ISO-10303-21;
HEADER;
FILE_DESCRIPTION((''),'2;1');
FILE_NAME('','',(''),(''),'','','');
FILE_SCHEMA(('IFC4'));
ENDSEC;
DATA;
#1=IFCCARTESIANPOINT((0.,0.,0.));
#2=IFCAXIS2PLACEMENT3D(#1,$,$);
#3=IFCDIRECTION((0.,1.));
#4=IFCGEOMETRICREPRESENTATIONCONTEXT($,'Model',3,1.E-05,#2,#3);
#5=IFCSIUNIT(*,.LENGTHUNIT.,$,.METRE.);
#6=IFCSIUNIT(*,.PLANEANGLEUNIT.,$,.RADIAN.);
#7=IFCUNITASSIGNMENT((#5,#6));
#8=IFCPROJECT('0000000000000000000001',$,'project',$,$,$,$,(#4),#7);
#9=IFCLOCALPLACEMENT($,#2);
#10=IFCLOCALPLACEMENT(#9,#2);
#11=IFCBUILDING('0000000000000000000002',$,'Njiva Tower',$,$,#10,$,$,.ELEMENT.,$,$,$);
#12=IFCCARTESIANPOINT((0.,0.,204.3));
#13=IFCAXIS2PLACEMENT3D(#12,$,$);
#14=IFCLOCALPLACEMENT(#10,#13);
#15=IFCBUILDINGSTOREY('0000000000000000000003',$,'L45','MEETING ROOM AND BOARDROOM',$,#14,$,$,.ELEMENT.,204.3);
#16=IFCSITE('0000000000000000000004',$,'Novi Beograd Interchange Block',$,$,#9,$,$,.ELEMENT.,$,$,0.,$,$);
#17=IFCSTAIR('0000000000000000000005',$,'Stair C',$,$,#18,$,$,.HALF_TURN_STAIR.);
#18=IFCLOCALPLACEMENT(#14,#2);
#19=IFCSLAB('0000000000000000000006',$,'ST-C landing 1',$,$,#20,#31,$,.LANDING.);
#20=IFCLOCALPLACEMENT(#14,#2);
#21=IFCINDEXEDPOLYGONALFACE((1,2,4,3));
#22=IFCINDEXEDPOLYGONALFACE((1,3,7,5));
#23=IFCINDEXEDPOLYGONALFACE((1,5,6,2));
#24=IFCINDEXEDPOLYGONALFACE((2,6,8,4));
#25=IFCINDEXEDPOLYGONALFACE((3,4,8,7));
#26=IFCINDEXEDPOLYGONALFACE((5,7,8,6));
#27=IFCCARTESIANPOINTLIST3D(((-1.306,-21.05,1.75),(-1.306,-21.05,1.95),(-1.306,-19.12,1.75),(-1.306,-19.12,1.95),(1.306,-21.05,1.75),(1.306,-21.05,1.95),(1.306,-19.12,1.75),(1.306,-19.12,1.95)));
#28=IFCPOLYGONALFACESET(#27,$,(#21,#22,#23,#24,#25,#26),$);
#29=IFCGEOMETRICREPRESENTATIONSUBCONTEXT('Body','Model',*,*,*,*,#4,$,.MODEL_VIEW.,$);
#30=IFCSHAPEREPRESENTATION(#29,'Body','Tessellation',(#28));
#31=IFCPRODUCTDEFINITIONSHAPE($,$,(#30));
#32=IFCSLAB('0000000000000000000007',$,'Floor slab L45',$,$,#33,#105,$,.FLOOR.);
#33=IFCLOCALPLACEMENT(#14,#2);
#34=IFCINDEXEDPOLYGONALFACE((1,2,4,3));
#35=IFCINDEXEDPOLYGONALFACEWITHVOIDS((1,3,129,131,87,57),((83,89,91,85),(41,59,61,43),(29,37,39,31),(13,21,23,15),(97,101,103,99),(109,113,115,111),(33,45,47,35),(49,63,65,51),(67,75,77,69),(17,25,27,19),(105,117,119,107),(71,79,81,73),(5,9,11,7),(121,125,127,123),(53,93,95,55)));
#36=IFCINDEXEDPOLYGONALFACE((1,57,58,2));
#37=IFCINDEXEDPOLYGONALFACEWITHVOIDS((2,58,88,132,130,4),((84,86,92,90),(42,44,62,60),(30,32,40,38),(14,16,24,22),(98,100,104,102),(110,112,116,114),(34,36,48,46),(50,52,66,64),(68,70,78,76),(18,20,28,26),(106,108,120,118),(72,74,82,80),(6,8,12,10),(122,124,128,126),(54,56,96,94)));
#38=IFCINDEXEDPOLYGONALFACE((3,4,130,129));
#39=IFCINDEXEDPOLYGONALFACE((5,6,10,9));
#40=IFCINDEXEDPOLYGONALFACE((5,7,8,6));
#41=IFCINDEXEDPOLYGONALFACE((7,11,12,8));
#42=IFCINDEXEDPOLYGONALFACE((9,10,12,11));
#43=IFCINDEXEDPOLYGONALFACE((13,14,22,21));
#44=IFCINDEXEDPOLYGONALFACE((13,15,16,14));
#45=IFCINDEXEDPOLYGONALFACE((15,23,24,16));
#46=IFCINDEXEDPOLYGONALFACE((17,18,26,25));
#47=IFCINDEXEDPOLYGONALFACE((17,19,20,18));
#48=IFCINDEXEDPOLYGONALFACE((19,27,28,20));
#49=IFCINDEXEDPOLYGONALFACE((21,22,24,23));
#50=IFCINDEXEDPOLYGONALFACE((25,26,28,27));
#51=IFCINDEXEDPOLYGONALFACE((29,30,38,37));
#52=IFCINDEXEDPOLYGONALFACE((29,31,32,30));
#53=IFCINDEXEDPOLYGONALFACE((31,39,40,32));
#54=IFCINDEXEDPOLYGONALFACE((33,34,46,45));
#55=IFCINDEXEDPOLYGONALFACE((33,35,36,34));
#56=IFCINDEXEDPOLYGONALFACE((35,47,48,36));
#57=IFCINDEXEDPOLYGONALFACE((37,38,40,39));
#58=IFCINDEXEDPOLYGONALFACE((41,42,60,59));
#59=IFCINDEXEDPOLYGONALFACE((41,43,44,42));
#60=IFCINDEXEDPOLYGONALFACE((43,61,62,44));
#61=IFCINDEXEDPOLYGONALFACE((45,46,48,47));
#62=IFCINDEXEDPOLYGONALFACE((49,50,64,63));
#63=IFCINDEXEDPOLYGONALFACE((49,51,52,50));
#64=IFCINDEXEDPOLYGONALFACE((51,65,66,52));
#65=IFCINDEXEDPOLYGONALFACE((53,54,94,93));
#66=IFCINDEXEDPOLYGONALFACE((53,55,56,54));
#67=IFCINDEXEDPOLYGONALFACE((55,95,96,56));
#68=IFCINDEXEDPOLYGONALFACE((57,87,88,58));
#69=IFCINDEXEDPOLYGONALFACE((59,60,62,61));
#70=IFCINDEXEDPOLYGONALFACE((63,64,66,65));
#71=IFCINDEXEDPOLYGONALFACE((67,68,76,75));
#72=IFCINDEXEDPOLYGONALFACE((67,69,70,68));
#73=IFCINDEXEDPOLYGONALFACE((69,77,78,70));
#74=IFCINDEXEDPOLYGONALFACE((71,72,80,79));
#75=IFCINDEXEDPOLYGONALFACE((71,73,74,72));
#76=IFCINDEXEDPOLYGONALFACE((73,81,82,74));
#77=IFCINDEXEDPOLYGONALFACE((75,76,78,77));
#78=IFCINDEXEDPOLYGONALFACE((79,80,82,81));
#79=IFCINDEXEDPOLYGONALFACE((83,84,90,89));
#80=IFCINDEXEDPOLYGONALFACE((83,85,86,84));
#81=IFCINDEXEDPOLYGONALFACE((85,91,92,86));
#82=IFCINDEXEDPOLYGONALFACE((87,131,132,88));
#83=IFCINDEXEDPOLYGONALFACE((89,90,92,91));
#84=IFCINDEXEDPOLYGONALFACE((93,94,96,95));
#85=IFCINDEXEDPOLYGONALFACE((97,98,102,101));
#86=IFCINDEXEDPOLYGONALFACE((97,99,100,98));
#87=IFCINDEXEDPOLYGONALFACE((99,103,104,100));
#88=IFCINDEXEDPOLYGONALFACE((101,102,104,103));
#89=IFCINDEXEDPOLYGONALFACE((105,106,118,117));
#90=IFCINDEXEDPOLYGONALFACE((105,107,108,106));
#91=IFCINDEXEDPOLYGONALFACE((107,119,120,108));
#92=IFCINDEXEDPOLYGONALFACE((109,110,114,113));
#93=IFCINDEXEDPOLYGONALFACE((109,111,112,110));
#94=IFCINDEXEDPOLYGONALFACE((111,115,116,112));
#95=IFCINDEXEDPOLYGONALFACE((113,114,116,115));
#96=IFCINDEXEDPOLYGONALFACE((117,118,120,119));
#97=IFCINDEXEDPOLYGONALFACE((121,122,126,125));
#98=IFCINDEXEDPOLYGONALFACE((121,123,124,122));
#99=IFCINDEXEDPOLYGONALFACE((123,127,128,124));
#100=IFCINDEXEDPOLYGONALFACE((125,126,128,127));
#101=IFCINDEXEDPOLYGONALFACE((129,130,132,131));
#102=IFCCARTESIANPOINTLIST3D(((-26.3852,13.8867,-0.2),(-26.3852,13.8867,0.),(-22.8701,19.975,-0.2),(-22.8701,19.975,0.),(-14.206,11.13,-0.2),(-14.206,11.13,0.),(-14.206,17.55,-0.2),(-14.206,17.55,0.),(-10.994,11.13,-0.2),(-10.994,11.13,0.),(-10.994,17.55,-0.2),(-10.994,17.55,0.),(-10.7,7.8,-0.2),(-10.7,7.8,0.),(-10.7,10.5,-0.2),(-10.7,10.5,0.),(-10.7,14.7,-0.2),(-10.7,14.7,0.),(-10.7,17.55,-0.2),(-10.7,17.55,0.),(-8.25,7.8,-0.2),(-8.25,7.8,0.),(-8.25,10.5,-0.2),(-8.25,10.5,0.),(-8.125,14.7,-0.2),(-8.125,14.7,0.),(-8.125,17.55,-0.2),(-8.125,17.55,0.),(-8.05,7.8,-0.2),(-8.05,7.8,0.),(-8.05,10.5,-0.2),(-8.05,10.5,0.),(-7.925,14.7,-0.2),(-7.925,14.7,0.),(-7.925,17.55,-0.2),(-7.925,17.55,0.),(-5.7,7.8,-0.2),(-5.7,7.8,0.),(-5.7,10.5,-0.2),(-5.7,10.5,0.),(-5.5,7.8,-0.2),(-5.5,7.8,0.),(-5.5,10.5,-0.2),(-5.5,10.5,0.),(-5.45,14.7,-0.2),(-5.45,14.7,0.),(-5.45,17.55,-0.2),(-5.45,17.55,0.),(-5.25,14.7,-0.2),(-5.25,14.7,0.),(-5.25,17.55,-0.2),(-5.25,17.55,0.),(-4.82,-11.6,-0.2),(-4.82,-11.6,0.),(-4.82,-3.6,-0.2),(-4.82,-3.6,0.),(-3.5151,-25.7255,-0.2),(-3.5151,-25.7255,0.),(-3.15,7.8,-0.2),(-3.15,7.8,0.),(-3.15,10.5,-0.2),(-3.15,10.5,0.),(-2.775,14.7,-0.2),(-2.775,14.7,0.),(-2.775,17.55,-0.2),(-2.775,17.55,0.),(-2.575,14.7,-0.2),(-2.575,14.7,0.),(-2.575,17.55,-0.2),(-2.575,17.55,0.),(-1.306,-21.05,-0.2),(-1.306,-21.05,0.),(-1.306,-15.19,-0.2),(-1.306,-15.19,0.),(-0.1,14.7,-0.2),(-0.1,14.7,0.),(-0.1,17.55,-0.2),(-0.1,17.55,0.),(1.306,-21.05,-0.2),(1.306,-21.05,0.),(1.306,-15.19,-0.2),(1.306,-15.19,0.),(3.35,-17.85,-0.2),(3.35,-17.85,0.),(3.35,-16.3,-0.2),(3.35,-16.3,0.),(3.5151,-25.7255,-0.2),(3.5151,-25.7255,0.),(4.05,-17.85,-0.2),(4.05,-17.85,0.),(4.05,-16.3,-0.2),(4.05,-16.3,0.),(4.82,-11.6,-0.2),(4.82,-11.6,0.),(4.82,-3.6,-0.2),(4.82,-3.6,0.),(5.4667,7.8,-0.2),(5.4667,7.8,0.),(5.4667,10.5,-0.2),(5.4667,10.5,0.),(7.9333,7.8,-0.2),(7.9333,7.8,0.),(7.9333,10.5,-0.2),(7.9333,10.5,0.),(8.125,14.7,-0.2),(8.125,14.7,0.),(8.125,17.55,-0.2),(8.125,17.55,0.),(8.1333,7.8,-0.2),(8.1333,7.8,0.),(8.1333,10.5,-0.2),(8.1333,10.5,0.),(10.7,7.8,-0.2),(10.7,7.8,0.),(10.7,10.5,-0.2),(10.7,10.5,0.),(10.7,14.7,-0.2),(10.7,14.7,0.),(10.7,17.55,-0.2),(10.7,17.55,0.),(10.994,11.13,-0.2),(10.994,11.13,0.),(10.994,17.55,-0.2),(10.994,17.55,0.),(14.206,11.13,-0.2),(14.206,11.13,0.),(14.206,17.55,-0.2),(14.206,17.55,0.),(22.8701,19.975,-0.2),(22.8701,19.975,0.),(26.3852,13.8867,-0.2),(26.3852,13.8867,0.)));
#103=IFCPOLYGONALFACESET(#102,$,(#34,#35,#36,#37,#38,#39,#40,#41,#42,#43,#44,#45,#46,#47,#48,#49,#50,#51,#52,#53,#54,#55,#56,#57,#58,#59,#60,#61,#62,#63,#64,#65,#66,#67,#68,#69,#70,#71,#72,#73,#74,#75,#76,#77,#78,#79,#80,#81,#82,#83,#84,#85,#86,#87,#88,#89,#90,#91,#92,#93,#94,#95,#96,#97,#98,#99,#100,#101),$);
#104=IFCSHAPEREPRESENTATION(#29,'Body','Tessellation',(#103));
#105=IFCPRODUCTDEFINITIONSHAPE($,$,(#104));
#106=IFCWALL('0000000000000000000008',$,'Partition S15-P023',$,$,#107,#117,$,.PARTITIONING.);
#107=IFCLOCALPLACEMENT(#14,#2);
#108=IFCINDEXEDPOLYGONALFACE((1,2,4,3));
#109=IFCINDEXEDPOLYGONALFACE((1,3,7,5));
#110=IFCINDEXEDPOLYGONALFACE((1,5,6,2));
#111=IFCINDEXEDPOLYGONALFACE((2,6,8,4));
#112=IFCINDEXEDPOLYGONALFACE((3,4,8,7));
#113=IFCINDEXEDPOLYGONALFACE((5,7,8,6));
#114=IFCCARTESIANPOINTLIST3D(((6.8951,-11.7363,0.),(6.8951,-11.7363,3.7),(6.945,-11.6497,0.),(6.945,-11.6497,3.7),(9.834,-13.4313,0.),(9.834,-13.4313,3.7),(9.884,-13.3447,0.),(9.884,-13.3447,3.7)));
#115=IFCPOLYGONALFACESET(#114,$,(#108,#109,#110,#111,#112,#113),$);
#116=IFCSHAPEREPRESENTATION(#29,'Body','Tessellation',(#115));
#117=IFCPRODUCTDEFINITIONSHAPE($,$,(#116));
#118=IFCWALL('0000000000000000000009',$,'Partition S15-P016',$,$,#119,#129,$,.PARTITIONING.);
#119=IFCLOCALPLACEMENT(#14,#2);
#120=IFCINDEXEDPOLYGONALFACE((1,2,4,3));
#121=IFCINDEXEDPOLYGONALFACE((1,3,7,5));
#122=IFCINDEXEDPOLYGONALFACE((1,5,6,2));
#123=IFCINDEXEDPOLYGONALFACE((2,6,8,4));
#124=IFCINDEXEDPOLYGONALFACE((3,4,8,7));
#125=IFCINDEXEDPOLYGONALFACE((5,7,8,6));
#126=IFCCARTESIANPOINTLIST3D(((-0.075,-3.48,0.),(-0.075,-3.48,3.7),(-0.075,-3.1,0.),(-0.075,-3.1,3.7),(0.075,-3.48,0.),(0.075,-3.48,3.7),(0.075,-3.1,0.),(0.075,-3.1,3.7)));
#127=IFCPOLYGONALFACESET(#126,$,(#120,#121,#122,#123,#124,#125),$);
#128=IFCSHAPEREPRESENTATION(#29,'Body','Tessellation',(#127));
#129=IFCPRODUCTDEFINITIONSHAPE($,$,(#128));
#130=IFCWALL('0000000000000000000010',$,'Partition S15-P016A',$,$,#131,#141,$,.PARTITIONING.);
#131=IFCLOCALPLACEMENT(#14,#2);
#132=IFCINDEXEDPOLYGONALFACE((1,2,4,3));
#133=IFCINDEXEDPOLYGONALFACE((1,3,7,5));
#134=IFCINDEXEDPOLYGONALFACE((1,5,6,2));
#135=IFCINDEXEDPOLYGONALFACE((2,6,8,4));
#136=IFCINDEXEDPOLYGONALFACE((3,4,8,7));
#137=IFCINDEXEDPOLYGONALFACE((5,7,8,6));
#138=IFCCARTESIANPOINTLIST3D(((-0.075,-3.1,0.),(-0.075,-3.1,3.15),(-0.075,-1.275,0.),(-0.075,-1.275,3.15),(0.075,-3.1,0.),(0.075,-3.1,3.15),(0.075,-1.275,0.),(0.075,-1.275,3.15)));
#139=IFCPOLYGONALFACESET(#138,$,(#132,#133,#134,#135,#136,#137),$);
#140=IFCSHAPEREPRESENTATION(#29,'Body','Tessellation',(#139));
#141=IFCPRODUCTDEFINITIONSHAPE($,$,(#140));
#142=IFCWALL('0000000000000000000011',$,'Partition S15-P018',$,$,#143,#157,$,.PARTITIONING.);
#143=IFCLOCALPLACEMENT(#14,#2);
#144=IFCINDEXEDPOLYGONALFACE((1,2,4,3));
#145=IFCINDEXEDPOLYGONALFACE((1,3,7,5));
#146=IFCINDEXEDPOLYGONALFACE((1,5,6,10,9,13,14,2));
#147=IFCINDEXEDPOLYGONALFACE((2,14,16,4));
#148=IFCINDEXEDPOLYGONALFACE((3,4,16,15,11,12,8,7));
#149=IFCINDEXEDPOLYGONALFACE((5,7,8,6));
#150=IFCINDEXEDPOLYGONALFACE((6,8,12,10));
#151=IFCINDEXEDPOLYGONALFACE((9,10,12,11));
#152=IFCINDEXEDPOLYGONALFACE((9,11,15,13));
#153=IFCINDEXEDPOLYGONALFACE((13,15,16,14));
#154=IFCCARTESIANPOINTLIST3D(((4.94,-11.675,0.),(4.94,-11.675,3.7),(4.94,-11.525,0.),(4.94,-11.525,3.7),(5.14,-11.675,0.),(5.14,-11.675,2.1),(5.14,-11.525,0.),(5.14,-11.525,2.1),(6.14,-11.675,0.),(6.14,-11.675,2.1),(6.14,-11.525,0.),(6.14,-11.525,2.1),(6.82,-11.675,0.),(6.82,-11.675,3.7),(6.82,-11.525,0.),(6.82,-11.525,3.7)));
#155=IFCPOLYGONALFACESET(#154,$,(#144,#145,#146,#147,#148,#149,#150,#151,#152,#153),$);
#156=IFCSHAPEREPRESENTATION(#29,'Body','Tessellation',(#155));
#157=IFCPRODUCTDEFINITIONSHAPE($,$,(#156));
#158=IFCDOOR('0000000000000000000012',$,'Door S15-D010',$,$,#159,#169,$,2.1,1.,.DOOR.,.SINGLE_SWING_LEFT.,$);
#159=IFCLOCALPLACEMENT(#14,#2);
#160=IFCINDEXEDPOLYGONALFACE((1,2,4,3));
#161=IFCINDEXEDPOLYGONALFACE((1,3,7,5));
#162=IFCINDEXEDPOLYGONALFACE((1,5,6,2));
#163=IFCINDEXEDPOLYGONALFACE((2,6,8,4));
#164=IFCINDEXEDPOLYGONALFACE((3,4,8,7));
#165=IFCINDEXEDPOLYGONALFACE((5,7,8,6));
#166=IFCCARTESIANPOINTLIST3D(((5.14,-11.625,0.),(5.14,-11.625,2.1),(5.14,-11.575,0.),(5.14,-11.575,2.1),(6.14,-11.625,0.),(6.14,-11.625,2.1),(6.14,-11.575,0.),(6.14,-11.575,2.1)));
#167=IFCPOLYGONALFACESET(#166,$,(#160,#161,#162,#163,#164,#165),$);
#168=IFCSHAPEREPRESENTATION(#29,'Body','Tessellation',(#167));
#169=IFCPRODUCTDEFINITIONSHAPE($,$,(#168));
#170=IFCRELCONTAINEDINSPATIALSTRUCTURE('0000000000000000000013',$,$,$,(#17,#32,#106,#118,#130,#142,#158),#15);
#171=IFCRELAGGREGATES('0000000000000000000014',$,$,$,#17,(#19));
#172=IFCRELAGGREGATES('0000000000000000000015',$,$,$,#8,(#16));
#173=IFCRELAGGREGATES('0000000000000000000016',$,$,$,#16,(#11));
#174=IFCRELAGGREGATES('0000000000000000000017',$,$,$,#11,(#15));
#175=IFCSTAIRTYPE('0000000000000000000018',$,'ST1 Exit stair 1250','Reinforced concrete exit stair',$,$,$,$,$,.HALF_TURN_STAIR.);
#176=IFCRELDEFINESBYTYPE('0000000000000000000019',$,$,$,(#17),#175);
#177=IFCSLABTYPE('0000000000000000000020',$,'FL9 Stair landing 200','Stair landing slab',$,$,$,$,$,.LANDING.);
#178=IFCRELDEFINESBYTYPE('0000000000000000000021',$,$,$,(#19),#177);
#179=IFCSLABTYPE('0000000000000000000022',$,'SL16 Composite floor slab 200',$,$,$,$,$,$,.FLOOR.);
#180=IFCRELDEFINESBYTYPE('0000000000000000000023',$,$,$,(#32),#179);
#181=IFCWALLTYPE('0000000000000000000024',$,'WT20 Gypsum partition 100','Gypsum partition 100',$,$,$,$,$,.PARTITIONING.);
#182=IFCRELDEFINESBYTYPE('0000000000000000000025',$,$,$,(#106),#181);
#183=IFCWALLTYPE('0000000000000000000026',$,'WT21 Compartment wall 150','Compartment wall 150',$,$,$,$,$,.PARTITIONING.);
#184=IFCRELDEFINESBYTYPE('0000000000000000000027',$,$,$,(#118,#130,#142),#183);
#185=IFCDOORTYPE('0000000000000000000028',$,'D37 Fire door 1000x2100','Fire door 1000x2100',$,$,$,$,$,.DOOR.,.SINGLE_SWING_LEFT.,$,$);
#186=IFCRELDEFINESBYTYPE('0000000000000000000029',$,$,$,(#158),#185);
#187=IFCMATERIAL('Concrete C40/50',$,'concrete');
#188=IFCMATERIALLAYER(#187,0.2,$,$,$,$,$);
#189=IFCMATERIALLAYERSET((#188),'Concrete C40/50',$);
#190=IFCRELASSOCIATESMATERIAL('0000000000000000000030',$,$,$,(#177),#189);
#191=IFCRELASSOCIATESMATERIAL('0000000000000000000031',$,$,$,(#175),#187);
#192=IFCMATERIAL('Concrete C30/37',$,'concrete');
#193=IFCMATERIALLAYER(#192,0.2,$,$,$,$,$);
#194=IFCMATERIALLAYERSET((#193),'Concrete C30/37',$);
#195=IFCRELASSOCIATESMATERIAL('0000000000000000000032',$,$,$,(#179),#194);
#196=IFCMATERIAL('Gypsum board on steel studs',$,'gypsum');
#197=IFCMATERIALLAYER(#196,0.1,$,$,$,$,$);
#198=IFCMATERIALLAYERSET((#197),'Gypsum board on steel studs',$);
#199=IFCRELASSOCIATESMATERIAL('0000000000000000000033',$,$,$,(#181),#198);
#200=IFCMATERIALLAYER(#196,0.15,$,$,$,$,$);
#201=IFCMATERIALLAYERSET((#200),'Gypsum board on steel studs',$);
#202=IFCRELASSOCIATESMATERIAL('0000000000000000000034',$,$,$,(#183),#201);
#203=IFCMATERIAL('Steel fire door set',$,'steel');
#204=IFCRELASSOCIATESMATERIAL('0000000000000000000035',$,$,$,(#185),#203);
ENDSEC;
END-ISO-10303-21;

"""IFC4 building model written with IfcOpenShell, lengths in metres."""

from ifc_helpers import new_model, si_unit, direction, frame, frame_2d, origin, place, context, subcontext, project, spatial, polyline, rectangle, outline, extrude, material, layer, layer_set, type_object, element, fill, aggregate, save


model = new_model("IFC4")

# Units and contexts
model_context = context("Model", 3, precision=1e-05, world=origin(), true_north=direction((0.0, 1.0)))
body_context = subcontext(model_context, "Body", "Model", "MODEL_VIEW")
ifc_project = project(units=[si_unit("LENGTHUNIT", "METRE"), si_unit("PLANEANGLEUNIT", "RADIAN")], contexts=[model_context])

# Site, building, storey
site_placement = place(None, origin())
site = spatial("IfcSite", under=ifc_project, at=site_placement, Name="Novi Beograd Interchange Block", CompositionType="ELEMENT", RefElevation=0.0)
building_placement = place(site_placement, origin())
building = spatial("IfcBuilding", under=site, at=building_placement, Name="Njiva Tower", CompositionType="ELEMENT")
storey_placement = place(building_placement, frame((0.0, 0.0, 204.3)))
storey = spatial("IfcBuildingStorey", under=building, at=storey_placement, Name="L45", Description="MEETING ROOM AND BOARDROOM", CompositionType="ELEMENT", Elevation=204.3)

# Stair, slab
ifc_material_1 = material(Name="Concrete C40/50", Category="concrete")
ifc_layer_1 = layer(ifc_material_1, 0.2)
ifc_layer_set_1 = layer_set([ifc_layer_1], Name="Concrete C40/50")
slab_type_1 = type_object("IfcSlabType", Name="FL9 Stair landing 200", Description="Stair landing slab", PredefinedType="LANDING", material=ifc_layer_set_1)
stair_type_1 = type_object("IfcStairType", Name="ST1 Exit stair 1250", Description="Reinforced concrete exit stair", PredefinedType="HALF_TURN_STAIR", material=ifc_material_1)
stair_1_placement = place(storey_placement, origin())
stair_1 = element("IfcStair", 1, at=stair_1_placement, inside=storey, type_object=stair_type_1, Name="Stair C", PredefinedType="HALF_TURN_STAIR")
slab_1_placement = place(storey_placement, frame((0.0, 0.0, 1.75)))
slab_1 = element("IfcSlab", 2, at=slab_1_placement, type_object=slab_type_1, Name="ST-C landing 1", PredefinedType="LANDING", context=body_context, shape_type="SweptSolid", body=[
    extrude(outline(polyline([(-1.306, -21.05), (1.306, -21.05), (1.306, -19.12), (-1.306, -19.12), (-1.306, -21.05)])), origin(), (0.0, 0.0, 1.0), 0.2),
])
aggregate(stair_1, [slab_1])

# Slab
ifc_material_2 = material(Name="Concrete C30/37", Category="concrete")
ifc_layer_2 = layer(ifc_material_2, 0.2)
ifc_layer_set_2 = layer_set([ifc_layer_2], Name="Concrete C30/37")
slab_type_2 = type_object("IfcSlabType", Name="SL16 Composite floor slab 200", PredefinedType="FLOOR", material=ifc_layer_set_2)
slab_2_placement = place(storey_placement, frame((0.0, 0.0, -0.2)))
element("IfcSlab", 3, at=slab_2_placement, inside=storey, type_object=slab_type_2, Name="Floor slab L45", PredefinedType="FLOOR", context=body_context, shape_type="SweptSolid", body=[
    extrude(outline(polyline([(26.3852, 13.8867), (3.5151, -25.7255), (-3.5151, -25.7255), (-26.3852, 13.8867), (-22.8701, 19.975), (22.8701, 19.975), (26.3852, 13.8867)]), holes=[polyline([(10.994, 11.13), (14.206, 11.13), (14.206, 17.55), (10.994, 17.55), (10.994, 11.13)]), polyline([(8.125, 14.7), (10.7, 14.7), (10.7, 17.55), (8.125, 17.55), (8.125, 14.7)]), polyline([(8.1333, 7.8), (10.7, 7.8), (10.7, 10.5), (8.1333, 10.5), (8.1333, 7.8)]), polyline([(5.4667, 7.8), (7.9333, 7.8), (7.9333, 10.5), (5.4667, 10.5), (5.4667, 7.8)]), polyline([(4.82, -11.6), (4.82, -3.6), (-4.82, -3.6), (-4.82, -11.6), (4.82, -11.6)]), polyline([(3.35, -17.85), (4.05, -17.85), (4.05, -16.3), (3.35, -16.3), (3.35, -17.85)]), polyline([(-1.306, -21.05), (1.306, -21.05), (1.306, -15.19), (-1.306, -15.19), (-1.306, -21.05)]), polyline([(-2.575, 14.7), (-0.1, 14.7), (-0.1, 17.55), (-2.575, 17.55), (-2.575, 14.7)]), polyline([(-5.25, 14.7), (-2.775, 14.7), (-2.775, 17.55), (-5.25, 17.55), (-5.25, 14.7)]), polyline([(-5.5, 7.8), (-3.15, 7.8), (-3.15, 10.5), (-5.5, 10.5), (-5.5, 7.8)]), polyline([(-7.925, 14.7), (-5.45, 14.7), (-5.45, 17.55), (-7.925, 17.55), (-7.925, 14.7)]), polyline([(-8.05, 7.8), (-5.7, 7.8), (-5.7, 10.5), (-8.05, 10.5), (-8.05, 7.8)]), polyline([(-10.7, 14.7), (-8.125, 14.7), (-8.125, 17.55), (-10.7, 17.55), (-10.7, 14.7)]), polyline([(-8.25, 7.8), (-8.25, 10.5), (-10.7, 10.5), (-10.7, 7.8), (-8.25, 7.8)]), polyline([(-14.206, 11.13), (-10.994, 11.13), (-10.994, 17.55), (-14.206, 17.55), (-14.206, 11.13)])]), origin(), (0.0, 0.0, 1.0), 0.2),
])

# Walls
ifc_material_3 = material(Name="Gypsum board on steel studs", Category="gypsum")
ifc_layer_3 = layer(ifc_material_3, 0.1)
ifc_layer_set_3 = layer_set([ifc_layer_3], Name="Gypsum board on steel studs")
wall_type_1 = type_object("IfcWallType", Name="WT20 Gypsum partition 100", Description="Gypsum partition 100", PredefinedType="PARTITIONING", material=ifc_layer_set_3)
wall_1_placement = place(storey_placement, frame((6.92, -11.693, 0.0), z_axis=(0.0, 0.0, 1.0), x_axis=(0.866259, -0.499595, 0.0)))
element("IfcWall", 4, at=wall_1_placement, inside=storey, type_object=wall_type_1, Name="Partition S15-P023", PredefinedType="PARTITIONING", context=body_context, shape_type="SweptSolid", body=[
    extrude(rectangle(XDim=3.3927, YDim=0.1, at=frame_2d((1.6964, 0.0))), origin(), (0.0, 0.0, 1.0), 3.7),
])
ifc_layer_4 = layer(ifc_material_3, 0.15)
ifc_layer_set_4 = layer_set([ifc_layer_4], Name="Gypsum board on steel studs")
wall_type_2 = type_object("IfcWallType", Name="WT21 Compartment wall 150", Description="Compartment wall 150", PredefinedType="PARTITIONING", material=ifc_layer_set_4)
wall_2_placement = place(storey_placement, frame((0.0, -3.48, 0.0), z_axis=(0.0, 0.0, 1.0), x_axis=(0.0, 1.0, 0.0)))
element("IfcWall", 5, at=wall_2_placement, inside=storey, type_object=wall_type_2, Name="Partition S15-P016", PredefinedType="PARTITIONING", context=body_context, shape_type="SweptSolid", body=[
    extrude(rectangle(XDim=0.38, YDim=0.15, at=frame_2d((0.19, 0.0))), origin(), (0.0, 0.0, 1.0), 3.7),
])
wall_3_placement = place(storey_placement, frame((0.0, -3.1, 0.0), z_axis=(0.0, 0.0, 1.0), x_axis=(0.0, 1.0, 0.0)))
element("IfcWall", 6, at=wall_3_placement, inside=storey, type_object=wall_type_2, Name="Partition S15-P016A", PredefinedType="PARTITIONING", context=body_context, shape_type="SweptSolid", body=[
    extrude(rectangle(XDim=1.825, YDim=0.15, at=frame_2d((0.9125, 0.0))), origin(), (0.0, 0.0, 1.0), 3.15),
])

# Wall, opening, door
wall_4_placement = place(storey_placement, frame((4.94, -11.6, 0.0), z_axis=(0.0, 0.0, 1.0), x_axis=(1.0, 0.0, 0.0)))
wall_4 = element("IfcWall", 7, at=wall_4_placement, inside=storey, type_object=wall_type_2, Name="Partition S15-P018", PredefinedType="PARTITIONING", context=body_context, shape_type="SweptSolid", body=[
    extrude(rectangle(XDim=1.88, YDim=0.15, at=frame_2d((0.94, 0.0))), origin(), (0.0, 0.0, 1.0), 3.7),
])
opening_1_placement = place(wall_4_placement, frame((0.2, 0.0, 0.0)))
opening_1 = element("IfcOpeningElement", 8, at=opening_1_placement, cuts=wall_4, PredefinedType="OPENING", context=body_context, shape_type="SweptSolid", body=[
    extrude(rectangle(XDim=1.0, YDim=2.1, at=frame_2d((0.5, 1.05))), frame((0.0, 0.085, 0.0), z_axis=(0.0, -1.0, 0.0), x_axis=(1.0, 0.0, 0.0)), (0.0, 0.0, 1.0), 0.17),
])
ifc_material_4 = material(Name="Steel fire door set", Category="steel")
door_type = type_object("IfcDoorType", Name="D37 Fire door 1000x2100", Description="Fire door 1000x2100", OperationType="SINGLE_SWING_LEFT", PredefinedType="DOOR", material=ifc_material_4)
door_1_placement = place(opening_1_placement, origin())
door_1 = element("IfcDoor", 9, at=door_1_placement, inside=storey, type_object=door_type, Name="Door S15-D010", OperationType="SINGLE_SWING_LEFT", OverallHeight=2.1, OverallWidth=1.0, PredefinedType="DOOR", context=body_context, shape_type="SweptSolid", body=[
    extrude(rectangle(XDim=1.0, YDim=2.1, at=frame_2d((0.5, 1.05))), frame((0.0, 0.025, 0.0), z_axis=(0.0, -1.0, 0.0), x_axis=(1.0, 0.0, 0.0)), (0.0, 0.0, 1.0), 0.05),
])
fill(opening_1, door_1)

save(model, "model.ifc")
